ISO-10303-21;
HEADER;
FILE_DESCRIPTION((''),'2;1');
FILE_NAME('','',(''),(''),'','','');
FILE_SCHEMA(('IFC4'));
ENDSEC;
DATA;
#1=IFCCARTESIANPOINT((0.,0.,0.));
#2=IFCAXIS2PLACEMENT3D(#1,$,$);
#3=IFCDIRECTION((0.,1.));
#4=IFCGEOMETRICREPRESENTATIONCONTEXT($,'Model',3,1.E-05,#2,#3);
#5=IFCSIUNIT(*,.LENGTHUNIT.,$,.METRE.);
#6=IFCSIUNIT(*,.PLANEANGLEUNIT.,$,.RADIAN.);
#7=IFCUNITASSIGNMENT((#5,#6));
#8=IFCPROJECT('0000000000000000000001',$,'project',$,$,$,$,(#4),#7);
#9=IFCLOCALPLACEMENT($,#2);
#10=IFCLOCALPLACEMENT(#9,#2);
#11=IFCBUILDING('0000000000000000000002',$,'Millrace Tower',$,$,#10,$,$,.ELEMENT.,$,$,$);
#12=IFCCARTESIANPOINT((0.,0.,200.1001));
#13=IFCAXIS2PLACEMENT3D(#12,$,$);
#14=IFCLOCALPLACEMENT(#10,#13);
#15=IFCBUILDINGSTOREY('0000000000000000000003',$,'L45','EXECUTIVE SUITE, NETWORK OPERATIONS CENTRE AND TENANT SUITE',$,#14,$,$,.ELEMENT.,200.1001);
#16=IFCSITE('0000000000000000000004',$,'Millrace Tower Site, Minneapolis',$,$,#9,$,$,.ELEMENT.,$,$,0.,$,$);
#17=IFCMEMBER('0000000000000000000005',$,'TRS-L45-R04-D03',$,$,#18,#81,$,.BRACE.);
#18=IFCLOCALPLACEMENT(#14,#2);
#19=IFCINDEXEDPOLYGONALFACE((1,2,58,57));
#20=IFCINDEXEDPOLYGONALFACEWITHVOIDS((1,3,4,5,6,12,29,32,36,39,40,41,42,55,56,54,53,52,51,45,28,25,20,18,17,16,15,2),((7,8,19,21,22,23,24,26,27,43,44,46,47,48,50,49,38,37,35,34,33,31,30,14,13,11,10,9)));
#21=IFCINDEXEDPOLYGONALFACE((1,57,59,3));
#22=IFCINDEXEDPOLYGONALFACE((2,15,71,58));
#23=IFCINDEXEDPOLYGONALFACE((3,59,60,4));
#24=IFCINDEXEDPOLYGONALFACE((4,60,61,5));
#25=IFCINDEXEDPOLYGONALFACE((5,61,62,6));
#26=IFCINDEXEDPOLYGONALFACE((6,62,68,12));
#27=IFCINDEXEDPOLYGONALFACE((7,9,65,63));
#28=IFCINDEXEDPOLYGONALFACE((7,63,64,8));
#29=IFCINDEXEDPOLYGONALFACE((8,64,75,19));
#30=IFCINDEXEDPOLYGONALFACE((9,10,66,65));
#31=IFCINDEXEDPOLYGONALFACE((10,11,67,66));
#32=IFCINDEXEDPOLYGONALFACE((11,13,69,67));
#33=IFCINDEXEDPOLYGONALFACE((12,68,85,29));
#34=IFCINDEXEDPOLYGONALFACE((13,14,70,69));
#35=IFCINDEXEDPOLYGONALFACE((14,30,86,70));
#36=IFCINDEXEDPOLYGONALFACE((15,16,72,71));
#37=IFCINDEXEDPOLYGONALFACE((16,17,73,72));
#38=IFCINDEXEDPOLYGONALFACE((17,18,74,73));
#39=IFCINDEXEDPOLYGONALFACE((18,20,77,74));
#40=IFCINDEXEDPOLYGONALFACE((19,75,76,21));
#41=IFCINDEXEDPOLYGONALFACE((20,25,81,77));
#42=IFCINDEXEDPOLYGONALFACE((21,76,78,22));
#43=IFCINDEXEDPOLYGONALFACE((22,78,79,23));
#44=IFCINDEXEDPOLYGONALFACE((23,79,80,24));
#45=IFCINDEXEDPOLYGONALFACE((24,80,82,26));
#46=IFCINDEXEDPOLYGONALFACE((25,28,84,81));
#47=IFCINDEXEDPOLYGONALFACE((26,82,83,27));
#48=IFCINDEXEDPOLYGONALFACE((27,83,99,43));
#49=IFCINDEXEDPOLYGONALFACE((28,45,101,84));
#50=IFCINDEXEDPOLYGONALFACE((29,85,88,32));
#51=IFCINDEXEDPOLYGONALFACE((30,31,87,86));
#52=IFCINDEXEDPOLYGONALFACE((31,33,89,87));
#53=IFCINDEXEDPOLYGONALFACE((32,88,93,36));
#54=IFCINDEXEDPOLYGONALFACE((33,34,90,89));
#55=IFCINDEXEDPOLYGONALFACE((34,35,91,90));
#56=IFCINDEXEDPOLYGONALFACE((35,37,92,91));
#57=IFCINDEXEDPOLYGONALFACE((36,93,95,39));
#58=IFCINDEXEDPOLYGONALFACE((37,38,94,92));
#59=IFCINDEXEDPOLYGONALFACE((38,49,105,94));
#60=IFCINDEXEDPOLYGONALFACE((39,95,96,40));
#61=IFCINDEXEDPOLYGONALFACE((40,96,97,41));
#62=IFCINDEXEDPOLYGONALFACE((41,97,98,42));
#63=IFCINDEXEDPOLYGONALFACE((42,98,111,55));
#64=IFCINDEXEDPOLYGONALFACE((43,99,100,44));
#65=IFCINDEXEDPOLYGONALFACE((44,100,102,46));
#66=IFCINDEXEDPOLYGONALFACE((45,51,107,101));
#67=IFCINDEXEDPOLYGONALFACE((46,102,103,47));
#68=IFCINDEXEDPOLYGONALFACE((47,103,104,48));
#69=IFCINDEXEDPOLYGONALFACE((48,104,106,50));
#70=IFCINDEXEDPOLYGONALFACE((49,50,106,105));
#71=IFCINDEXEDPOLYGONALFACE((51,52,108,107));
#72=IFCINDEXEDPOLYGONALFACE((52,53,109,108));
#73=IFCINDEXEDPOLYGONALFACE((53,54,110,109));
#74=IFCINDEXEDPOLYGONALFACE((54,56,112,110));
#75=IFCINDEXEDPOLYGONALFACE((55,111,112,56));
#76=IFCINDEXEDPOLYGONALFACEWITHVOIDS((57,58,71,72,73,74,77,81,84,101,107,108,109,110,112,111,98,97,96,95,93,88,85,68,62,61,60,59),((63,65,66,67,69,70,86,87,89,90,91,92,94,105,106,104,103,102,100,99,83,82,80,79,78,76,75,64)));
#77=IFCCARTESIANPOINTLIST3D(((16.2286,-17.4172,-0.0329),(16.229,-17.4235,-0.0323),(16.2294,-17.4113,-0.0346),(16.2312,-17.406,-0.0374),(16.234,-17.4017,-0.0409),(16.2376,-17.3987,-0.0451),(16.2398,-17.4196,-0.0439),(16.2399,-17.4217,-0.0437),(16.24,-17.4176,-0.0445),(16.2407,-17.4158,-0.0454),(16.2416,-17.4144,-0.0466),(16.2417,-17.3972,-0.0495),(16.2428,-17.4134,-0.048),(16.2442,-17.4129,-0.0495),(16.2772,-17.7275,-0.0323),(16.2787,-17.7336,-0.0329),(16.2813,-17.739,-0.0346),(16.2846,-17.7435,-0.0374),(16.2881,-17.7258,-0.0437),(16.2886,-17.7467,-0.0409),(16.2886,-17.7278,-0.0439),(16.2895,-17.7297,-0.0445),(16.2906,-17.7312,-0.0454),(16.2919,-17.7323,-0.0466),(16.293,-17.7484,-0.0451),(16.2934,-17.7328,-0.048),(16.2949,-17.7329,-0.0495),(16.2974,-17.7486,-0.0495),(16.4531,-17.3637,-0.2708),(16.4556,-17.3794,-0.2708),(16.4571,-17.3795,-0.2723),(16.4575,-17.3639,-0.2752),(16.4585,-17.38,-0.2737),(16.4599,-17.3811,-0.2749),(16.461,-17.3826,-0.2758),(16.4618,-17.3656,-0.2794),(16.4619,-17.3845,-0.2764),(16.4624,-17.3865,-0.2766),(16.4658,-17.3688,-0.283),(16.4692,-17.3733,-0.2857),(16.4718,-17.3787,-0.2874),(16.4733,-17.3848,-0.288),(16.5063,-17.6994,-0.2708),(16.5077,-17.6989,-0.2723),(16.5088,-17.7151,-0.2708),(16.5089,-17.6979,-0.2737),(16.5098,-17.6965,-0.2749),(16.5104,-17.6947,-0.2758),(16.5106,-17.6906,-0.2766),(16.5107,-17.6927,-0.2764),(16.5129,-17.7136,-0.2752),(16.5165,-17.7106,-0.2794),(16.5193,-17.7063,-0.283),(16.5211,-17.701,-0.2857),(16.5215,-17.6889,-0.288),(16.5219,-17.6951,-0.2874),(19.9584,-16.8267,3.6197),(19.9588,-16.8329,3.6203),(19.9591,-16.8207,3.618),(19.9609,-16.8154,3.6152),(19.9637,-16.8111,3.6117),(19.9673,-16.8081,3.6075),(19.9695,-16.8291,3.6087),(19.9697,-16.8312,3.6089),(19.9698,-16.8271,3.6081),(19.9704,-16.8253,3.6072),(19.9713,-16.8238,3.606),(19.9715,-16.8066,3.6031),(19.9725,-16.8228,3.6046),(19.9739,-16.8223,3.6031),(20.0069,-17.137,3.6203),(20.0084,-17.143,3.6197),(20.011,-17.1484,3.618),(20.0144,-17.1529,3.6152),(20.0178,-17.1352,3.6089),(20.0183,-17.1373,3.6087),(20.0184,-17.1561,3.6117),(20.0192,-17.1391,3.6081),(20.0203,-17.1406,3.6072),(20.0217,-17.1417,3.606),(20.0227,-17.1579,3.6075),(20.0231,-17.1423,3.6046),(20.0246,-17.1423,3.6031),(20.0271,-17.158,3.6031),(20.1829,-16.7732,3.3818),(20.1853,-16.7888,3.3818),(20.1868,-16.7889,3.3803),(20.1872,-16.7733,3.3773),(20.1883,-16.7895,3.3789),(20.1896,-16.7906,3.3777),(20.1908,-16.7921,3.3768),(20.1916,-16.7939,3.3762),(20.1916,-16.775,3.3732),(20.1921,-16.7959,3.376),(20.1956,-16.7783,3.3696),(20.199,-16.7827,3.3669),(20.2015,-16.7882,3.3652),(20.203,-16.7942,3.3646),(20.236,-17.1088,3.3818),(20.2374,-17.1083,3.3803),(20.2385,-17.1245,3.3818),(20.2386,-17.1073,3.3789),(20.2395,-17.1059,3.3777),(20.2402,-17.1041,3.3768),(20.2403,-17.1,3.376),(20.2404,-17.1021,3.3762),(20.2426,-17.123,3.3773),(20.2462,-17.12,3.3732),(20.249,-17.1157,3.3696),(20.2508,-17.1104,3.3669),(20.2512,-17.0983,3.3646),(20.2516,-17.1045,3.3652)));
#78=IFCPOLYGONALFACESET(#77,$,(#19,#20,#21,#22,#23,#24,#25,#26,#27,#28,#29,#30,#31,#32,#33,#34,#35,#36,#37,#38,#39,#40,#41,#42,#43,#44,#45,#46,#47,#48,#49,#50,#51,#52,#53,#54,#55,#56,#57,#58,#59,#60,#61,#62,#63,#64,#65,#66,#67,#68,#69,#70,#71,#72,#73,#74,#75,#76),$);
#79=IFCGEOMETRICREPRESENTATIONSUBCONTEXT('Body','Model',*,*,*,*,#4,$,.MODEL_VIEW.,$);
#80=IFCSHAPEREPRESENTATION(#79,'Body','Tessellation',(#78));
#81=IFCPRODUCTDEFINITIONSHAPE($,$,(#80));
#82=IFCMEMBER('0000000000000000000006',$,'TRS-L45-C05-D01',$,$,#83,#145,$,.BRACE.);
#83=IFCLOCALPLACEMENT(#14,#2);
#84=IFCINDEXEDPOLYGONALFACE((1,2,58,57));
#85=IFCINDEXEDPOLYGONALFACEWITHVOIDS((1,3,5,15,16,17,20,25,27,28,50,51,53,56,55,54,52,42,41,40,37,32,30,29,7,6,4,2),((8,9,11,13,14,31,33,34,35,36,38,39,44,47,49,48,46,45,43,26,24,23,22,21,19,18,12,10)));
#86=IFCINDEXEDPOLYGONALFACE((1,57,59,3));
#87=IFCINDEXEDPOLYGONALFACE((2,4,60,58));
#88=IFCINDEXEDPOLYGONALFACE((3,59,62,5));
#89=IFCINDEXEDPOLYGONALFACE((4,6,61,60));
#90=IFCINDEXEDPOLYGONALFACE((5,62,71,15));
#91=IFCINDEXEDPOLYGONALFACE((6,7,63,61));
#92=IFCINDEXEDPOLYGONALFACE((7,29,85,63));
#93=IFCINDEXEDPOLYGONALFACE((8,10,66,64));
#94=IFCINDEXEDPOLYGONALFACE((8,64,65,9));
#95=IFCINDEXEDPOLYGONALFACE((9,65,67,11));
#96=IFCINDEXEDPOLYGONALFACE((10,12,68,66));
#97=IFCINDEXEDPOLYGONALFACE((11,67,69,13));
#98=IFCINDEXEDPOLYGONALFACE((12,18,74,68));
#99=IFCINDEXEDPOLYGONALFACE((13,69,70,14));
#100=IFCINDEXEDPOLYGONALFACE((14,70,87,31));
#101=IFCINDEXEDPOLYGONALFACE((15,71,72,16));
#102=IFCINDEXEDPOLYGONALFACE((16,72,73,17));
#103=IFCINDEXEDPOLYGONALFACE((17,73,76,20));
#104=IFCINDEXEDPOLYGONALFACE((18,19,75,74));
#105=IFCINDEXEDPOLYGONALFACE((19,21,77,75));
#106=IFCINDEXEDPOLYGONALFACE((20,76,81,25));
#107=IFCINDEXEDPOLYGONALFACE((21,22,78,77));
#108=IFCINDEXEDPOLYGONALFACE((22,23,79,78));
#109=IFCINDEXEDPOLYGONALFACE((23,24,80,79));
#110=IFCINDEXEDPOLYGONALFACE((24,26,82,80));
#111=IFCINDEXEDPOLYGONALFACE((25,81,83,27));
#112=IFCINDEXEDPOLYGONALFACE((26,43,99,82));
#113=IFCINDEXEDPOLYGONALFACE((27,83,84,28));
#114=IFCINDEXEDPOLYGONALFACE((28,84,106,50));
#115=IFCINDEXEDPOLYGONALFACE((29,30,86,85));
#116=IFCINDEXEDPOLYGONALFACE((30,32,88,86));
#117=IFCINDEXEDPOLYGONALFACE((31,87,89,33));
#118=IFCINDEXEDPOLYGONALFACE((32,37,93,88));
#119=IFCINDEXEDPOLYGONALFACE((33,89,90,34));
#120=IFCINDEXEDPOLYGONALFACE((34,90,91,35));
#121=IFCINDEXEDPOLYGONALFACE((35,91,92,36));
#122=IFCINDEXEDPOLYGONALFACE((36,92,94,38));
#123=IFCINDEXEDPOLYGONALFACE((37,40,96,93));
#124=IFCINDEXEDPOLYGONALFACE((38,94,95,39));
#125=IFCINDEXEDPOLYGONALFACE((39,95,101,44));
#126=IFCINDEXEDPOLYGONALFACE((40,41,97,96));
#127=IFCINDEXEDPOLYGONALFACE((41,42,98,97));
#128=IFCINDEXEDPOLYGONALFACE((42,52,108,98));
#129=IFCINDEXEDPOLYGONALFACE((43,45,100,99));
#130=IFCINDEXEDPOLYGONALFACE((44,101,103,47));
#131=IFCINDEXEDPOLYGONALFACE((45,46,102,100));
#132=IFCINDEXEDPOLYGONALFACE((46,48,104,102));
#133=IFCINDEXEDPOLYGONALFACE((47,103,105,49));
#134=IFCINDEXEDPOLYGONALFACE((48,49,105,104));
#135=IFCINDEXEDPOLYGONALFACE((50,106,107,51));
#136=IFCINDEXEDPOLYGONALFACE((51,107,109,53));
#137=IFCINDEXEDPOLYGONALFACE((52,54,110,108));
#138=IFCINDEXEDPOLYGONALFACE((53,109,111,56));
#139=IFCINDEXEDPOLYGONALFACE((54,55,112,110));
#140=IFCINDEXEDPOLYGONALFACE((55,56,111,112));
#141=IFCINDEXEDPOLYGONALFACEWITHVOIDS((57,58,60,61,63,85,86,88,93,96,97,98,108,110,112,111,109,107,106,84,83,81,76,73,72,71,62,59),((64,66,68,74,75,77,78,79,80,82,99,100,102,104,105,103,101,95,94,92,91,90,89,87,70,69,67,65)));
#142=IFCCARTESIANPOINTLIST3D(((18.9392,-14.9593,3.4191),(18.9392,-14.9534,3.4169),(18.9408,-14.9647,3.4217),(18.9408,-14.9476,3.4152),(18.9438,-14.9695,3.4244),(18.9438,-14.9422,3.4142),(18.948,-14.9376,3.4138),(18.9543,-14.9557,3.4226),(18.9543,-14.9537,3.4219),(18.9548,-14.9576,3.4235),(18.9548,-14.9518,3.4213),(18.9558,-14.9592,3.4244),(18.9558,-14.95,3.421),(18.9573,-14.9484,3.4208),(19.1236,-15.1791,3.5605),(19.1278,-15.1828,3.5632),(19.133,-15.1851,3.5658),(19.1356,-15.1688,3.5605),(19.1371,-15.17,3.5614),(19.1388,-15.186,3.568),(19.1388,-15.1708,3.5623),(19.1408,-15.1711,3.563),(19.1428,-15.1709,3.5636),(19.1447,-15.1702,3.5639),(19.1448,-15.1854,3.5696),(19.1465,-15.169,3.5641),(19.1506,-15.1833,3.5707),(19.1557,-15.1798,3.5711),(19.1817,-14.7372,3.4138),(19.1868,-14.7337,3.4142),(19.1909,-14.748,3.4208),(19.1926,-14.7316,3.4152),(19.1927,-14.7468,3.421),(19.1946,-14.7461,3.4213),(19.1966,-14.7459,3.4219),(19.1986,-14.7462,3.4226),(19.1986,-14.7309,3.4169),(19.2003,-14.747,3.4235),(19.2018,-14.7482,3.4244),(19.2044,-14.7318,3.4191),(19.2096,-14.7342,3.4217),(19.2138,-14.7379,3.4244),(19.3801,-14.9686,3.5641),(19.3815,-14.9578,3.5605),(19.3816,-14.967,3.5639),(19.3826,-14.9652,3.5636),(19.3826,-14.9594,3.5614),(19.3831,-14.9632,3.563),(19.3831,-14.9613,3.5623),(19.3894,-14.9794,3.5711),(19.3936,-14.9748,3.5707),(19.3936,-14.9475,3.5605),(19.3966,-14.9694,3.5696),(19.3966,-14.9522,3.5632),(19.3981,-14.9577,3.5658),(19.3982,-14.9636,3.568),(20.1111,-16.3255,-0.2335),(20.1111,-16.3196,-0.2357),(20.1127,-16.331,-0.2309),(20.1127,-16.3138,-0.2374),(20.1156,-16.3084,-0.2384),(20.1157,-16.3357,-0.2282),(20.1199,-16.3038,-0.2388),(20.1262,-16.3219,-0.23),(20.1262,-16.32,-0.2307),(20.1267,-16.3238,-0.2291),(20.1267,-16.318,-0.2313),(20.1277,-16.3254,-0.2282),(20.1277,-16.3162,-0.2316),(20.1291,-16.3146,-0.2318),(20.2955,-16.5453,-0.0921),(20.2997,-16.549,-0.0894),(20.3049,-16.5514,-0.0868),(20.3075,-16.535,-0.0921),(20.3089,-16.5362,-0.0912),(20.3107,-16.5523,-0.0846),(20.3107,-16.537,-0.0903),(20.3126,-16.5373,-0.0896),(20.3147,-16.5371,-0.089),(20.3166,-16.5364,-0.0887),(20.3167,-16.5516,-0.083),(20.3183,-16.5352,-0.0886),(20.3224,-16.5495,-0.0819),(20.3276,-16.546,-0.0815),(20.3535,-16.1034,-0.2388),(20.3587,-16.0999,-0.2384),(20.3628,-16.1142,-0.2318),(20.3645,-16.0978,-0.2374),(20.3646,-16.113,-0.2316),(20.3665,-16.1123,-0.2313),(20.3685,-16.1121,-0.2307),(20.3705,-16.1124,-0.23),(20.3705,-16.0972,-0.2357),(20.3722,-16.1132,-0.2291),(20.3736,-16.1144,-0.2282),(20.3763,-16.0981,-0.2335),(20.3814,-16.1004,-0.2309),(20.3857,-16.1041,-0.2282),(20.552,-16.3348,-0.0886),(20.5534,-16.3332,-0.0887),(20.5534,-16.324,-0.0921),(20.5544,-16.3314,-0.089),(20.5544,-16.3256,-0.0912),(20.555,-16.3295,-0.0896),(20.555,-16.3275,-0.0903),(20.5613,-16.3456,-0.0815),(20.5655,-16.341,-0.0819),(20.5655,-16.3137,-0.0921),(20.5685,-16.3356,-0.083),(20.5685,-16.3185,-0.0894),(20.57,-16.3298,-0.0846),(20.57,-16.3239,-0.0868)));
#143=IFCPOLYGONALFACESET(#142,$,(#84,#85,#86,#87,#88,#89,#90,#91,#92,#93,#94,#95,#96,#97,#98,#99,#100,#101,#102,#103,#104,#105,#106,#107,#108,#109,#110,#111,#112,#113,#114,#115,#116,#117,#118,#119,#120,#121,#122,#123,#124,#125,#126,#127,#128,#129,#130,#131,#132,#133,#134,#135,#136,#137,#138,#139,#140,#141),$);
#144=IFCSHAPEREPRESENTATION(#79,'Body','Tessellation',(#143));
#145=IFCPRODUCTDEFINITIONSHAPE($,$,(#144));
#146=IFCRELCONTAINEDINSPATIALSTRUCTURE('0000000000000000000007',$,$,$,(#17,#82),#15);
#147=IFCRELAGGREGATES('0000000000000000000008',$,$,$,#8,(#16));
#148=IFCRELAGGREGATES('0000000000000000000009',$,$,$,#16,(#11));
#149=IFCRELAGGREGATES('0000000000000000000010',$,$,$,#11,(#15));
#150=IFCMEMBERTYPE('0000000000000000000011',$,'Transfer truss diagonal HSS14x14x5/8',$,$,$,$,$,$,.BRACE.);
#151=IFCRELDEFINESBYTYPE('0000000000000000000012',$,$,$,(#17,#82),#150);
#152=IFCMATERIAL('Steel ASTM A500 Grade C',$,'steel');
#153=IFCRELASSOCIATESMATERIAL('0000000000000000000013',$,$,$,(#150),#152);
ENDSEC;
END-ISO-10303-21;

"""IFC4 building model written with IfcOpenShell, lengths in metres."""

from ifc_helpers import new_model, si_unit, direction, frame, origin, origin_2d, place, context, subcontext, project, spatial, hollow_rectangle, extrude, material, material_profile, profile_set, type_object, element, save


model = new_model("IFC4")

# Units and contexts
model_context = context("Model", 3, precision=1e-05, world=origin(), true_north=direction((0.0, 1.0)))
body_context = subcontext(model_context, "Body", "Model", "MODEL_VIEW")
ifc_project = project(units=[si_unit("LENGTHUNIT", "METRE"), si_unit("PLANEANGLEUNIT", "RADIAN")], contexts=[model_context])

# Site, building, storey
site_placement = place(None, origin())
site = spatial("IfcSite", under=ifc_project, at=site_placement, Name="Millrace Tower Site, Minneapolis", CompositionType="ELEMENT", RefElevation=0.0)
building_placement = place(site_placement, origin())
building = spatial("IfcBuilding", under=site, at=building_placement, Name="Millrace Tower", CompositionType="ELEMENT")
storey_placement = place(building_placement, frame((0.0, 0.0, 200.1001)))
storey = spatial("IfcBuildingStorey", under=building, at=storey_placement, Name="L45", Description="EXECUTIVE SUITE, NETWORK OPERATIONS CENTRE AND TENANT SUITE", CompositionType="ELEMENT", Elevation=200.1001)

# Members
ifc_material_1 = material(Name="Steel ASTM A500 Grade C", Category="steel")
ifc_material_profile_1 = material_profile(ifc_material_1, hollow_rectangle(XDim=0.3557, YDim=0.3557, WallThickness=0.0159, InnerFilletRadius=0.0081, OuterFilletRadius=0.0239, at=origin_2d()))
ifc_profile_set_1 = profile_set([ifc_material_profile_1], Name="Steel ASTM A500 Grade C")
member_type_1 = type_object("IfcMemberType", Name="Transfer truss diagonal HSS14x14x5/8", PredefinedType="BRACE", material=ifc_profile_set_1)
member_1_placement = place(storey_placement, frame((16.3752, -17.5562, -0.1602), z_axis=(0.709929, 0.112412, 0.695244), x_axis=(-0.156394, 0.987695, 0.0)))
element("IfcMember", 1, at=member_1_placement, inside=storey, type_object=member_type_1, Name="TRS-L45-R04-D03", PredefinedType="BRACE", context=body_context, shape_type="SweptSolid", body=[
    extrude(hollow_rectangle(XDim=0.3557, YDim=0.3557, WallThickness=0.0159, InnerFilletRadius=0.0081, OuterFilletRadius=0.0239, at=origin_2d()), origin(), (0.0, 0.0, 1.0), 5.2537),
])
member_2_placement = place(storey_placement, frame((20.3406, -16.3247, -0.1602), z_axis=(-0.287788, 0.335513, 0.897), x_axis=(-0.759027, -0.651059, 0.0)))
element("IfcMember", 2, at=member_2_placement, inside=storey, type_object=member_type_1, Name="TRS-L45-C05-D01", PredefinedType="BRACE", context=body_context, shape_type="SweptSolid", body=[
    extrude(hollow_rectangle(XDim=0.3557, YDim=0.3557, WallThickness=0.0159, InnerFilletRadius=0.0081, OuterFilletRadius=0.0239, at=origin_2d()), origin(), (0.0, 0.0, 1.0), 4.072),
])

save(model, "model.ifc")
